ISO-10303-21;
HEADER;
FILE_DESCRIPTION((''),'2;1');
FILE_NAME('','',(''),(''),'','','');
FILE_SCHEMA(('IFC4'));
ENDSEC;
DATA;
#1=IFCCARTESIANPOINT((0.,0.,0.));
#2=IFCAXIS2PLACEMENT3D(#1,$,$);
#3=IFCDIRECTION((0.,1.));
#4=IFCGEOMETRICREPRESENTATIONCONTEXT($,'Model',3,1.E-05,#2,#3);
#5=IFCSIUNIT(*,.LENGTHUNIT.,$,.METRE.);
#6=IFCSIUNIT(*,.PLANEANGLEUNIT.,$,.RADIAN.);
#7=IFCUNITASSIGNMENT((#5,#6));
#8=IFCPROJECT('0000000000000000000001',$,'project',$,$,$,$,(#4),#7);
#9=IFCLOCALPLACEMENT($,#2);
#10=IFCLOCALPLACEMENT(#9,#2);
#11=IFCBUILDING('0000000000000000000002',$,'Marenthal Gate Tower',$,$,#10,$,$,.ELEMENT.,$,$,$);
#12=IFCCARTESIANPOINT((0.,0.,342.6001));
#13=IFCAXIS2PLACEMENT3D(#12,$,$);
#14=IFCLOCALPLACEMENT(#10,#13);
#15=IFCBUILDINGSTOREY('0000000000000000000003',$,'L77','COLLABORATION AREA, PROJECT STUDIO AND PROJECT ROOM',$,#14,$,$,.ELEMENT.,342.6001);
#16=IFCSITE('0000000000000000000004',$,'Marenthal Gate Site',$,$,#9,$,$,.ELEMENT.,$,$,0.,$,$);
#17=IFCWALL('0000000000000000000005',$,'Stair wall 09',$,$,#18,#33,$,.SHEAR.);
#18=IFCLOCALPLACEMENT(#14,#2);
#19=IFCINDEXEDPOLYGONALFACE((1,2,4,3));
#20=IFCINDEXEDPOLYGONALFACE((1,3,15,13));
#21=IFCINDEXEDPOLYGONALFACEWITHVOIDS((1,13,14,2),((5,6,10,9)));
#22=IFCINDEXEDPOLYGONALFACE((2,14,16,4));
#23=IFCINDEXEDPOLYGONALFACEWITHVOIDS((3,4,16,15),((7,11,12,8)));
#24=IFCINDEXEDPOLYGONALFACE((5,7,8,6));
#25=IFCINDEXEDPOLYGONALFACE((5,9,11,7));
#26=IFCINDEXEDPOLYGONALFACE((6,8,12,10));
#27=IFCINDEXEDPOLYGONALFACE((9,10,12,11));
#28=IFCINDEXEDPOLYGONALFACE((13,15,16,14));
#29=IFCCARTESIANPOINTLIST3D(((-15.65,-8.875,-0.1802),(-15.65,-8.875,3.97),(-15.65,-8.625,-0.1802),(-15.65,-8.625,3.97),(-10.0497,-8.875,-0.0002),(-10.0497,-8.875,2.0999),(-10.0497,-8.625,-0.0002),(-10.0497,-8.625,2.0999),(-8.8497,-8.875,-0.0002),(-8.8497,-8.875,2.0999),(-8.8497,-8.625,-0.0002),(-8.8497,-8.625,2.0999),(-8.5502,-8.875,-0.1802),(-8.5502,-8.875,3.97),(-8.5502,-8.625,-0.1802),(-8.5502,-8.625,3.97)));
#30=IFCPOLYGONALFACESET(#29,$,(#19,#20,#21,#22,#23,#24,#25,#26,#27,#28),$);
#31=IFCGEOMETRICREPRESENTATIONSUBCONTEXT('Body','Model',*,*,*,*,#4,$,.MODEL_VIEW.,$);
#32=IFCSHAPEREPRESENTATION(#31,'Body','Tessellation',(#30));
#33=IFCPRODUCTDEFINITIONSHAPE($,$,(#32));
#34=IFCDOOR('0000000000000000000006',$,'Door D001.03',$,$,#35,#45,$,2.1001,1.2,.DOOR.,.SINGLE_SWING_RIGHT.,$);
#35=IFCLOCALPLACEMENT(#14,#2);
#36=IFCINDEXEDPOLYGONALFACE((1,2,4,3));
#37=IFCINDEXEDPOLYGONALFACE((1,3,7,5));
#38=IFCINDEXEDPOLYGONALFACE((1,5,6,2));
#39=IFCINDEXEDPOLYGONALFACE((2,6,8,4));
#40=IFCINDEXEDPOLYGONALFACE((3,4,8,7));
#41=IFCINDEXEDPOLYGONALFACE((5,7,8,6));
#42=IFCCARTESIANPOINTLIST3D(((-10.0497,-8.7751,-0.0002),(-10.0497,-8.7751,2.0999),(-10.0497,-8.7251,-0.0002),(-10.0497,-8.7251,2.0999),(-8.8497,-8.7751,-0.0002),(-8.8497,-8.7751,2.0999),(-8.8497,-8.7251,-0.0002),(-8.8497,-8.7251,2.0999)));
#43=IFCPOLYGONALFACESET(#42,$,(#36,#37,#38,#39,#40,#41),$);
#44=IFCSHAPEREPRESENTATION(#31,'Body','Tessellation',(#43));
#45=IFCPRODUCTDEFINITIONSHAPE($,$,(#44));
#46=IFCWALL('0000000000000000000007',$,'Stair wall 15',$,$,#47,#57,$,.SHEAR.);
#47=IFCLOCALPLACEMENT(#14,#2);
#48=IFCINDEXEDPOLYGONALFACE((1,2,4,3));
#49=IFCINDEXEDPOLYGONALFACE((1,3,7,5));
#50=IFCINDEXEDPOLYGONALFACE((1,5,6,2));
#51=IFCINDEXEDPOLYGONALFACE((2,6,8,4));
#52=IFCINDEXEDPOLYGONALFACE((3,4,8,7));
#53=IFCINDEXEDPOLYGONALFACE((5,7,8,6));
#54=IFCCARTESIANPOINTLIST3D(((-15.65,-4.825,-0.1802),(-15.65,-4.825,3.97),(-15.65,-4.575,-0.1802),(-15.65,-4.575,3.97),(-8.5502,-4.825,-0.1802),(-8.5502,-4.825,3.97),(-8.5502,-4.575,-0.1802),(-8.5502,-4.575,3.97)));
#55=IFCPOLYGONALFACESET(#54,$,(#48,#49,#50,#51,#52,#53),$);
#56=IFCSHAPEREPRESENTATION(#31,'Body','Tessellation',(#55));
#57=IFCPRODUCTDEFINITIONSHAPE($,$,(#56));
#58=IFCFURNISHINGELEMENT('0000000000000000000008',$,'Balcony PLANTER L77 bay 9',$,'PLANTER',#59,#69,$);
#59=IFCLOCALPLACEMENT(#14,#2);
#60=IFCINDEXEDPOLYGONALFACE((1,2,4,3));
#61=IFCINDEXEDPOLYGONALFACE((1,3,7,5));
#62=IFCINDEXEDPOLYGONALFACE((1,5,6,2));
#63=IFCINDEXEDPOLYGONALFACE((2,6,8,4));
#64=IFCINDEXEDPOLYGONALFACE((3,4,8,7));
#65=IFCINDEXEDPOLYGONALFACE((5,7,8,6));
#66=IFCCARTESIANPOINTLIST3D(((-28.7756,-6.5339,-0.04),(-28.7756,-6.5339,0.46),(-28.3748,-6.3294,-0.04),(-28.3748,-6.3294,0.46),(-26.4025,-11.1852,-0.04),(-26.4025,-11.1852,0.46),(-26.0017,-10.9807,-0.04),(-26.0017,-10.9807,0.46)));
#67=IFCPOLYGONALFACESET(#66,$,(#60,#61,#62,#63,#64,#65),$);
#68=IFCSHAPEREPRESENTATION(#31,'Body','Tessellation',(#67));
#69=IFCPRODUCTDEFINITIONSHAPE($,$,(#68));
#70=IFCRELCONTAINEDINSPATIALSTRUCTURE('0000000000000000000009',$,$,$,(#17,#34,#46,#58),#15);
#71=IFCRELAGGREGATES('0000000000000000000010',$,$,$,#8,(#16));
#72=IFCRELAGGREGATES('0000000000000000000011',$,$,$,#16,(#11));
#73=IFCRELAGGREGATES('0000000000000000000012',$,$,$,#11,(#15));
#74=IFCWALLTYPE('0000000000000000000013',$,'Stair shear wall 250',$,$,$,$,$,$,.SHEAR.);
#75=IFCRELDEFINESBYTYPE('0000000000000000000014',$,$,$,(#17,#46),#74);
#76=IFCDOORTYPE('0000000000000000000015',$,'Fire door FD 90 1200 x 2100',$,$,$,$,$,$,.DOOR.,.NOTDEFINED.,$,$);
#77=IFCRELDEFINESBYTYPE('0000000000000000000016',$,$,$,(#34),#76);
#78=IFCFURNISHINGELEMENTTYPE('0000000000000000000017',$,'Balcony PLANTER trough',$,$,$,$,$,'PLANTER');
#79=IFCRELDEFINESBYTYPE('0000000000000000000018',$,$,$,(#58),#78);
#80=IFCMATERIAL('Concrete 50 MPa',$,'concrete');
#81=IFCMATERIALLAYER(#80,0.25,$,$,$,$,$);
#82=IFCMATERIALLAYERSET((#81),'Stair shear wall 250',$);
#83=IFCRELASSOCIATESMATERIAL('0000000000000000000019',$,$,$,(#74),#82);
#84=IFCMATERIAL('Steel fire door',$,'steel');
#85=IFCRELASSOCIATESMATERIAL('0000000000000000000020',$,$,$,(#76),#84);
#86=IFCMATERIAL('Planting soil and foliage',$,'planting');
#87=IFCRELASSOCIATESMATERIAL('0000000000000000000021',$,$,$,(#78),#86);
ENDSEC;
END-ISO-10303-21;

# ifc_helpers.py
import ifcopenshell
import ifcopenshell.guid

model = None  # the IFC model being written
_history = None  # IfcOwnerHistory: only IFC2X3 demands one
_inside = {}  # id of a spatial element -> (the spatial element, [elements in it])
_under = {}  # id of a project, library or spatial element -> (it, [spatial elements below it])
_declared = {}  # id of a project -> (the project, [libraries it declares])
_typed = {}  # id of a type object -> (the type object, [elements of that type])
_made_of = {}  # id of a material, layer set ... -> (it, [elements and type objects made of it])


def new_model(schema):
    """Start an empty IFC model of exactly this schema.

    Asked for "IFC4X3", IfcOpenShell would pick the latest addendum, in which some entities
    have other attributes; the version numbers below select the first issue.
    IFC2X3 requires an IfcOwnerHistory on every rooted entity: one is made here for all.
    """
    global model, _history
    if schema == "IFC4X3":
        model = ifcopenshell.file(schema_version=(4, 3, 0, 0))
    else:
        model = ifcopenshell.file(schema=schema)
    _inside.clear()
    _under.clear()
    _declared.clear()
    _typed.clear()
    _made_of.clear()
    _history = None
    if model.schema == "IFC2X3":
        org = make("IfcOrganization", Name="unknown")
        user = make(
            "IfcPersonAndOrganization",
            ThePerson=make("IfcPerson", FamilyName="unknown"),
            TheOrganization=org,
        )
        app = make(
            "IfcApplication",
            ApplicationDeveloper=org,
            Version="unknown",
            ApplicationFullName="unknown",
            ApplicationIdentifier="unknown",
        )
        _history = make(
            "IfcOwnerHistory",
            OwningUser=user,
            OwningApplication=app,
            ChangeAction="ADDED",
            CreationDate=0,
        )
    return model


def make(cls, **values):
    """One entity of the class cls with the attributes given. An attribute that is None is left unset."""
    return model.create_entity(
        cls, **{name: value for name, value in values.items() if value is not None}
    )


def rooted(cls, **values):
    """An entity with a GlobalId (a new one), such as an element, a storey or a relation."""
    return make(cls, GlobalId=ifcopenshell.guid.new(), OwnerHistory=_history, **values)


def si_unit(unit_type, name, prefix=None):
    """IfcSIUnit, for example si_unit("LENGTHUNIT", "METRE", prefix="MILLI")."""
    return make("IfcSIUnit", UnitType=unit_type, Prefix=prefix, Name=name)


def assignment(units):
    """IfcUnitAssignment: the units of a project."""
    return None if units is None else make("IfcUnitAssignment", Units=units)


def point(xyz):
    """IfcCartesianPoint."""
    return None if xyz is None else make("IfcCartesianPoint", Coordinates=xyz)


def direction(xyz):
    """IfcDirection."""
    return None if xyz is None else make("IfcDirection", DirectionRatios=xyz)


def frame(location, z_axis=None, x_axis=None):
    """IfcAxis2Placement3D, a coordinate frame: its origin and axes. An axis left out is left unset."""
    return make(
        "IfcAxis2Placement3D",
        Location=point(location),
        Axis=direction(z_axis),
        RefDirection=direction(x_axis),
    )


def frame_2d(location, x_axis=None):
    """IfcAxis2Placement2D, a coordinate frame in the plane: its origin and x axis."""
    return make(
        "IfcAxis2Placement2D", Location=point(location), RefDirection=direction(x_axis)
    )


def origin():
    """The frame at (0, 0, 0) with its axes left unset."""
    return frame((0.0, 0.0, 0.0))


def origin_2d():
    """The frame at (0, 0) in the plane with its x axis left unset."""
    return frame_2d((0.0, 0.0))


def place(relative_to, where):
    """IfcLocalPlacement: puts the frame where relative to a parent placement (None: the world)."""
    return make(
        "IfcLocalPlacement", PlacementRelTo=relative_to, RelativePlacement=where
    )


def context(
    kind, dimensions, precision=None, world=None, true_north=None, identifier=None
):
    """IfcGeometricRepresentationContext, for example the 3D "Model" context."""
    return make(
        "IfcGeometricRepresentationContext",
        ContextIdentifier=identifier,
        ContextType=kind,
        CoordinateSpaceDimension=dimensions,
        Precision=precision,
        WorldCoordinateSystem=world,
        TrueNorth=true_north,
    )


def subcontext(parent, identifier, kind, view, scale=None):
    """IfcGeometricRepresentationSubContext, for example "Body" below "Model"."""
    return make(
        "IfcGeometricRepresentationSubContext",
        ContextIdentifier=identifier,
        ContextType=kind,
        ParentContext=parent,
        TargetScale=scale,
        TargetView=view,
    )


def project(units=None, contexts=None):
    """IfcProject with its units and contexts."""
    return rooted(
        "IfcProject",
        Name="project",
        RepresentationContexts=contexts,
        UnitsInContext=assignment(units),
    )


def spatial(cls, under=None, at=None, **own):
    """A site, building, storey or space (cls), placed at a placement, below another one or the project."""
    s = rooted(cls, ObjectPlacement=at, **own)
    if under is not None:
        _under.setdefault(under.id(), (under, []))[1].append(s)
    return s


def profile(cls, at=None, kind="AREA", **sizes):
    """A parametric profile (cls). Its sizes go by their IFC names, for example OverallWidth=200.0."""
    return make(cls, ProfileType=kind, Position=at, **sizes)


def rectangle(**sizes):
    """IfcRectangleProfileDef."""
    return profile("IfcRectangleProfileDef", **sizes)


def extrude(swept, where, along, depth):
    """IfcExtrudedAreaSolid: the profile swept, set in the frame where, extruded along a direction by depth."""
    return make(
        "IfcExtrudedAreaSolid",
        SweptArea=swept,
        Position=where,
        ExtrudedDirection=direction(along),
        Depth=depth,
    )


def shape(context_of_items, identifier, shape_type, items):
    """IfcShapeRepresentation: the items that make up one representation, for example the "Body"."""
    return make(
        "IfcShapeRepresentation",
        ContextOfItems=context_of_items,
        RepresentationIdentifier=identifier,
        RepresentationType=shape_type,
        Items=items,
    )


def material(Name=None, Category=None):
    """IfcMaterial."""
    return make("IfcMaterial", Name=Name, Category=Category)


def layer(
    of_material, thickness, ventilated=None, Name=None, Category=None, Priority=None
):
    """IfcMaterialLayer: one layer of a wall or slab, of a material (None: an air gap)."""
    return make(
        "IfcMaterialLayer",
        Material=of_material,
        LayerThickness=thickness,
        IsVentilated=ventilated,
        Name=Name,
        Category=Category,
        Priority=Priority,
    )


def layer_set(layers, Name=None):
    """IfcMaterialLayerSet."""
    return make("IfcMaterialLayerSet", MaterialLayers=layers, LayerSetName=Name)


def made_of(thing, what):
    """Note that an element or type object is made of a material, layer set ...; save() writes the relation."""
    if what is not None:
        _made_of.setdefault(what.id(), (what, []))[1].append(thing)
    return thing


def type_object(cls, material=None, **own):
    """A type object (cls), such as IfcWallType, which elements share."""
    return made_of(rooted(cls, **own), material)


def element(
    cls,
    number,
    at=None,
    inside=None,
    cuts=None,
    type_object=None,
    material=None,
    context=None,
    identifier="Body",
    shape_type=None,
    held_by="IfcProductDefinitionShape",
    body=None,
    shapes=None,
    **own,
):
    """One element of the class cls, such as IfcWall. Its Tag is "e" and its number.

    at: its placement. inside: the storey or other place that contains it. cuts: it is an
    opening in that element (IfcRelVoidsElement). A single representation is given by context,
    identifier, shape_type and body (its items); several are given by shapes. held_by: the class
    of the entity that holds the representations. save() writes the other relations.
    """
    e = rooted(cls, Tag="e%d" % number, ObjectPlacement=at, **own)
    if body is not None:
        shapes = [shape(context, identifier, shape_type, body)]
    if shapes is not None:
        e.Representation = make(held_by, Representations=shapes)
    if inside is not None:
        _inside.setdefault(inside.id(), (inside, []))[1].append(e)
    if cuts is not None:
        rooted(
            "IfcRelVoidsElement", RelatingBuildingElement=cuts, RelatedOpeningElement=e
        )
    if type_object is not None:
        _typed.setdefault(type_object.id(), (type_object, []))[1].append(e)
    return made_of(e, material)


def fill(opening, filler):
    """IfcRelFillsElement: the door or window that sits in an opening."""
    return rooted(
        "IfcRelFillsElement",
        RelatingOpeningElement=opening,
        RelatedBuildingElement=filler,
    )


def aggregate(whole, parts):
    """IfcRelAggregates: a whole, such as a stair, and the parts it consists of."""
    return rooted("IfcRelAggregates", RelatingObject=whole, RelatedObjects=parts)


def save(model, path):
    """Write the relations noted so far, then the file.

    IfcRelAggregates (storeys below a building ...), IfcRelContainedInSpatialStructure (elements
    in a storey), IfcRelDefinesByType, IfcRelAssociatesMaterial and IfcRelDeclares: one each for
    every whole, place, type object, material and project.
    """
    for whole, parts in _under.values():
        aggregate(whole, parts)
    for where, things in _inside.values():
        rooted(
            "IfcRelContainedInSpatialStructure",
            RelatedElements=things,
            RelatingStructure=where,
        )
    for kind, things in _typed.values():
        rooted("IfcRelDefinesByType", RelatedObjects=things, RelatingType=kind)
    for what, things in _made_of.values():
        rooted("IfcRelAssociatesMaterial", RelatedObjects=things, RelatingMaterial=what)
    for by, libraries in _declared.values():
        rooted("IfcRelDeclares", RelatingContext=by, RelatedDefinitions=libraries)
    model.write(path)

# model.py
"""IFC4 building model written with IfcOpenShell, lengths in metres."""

from ifc_helpers import new_model, si_unit, direction, frame, frame_2d, origin, origin_2d, place, context, subcontext, project, spatial, rectangle, extrude, material, layer, layer_set, type_object, element, fill, save


model = new_model("IFC4")

# Units and contexts
model_context = context("Model", 3, precision=1e-05, world=origin(), true_north=direction((0.0, 1.0)))
body_context = subcontext(model_context, "Body", "Model", "MODEL_VIEW")
ifc_project = project(units=[si_unit("LENGTHUNIT", "METRE"), si_unit("PLANEANGLEUNIT", "RADIAN")], contexts=[model_context])

# Site, building, storey
site_placement = place(None, origin())
site = spatial("IfcSite", under=ifc_project, at=site_placement, Name="Marenthal Gate Site", CompositionType="ELEMENT", RefElevation=0.0)
building_placement = place(site_placement, origin())
building = spatial("IfcBuilding", under=site, at=building_placement, Name="Marenthal Gate Tower", CompositionType="ELEMENT")
storey_placement = place(building_placement, frame((0.0, 0.0, 342.6001)))
storey = spatial("IfcBuildingStorey", under=building, at=storey_placement, Name="L77", Description="COLLABORATION AREA, PROJECT STUDIO AND PROJECT ROOM", CompositionType="ELEMENT", Elevation=342.6001)

# Wall, opening, door
ifc_material_1 = material(Name="Concrete 50 MPa", Category="concrete")
ifc_layer_1 = layer(ifc_material_1, 0.25)
ifc_layer_set_1 = layer_set([ifc_layer_1], Name="Stair shear wall 250")
wall_type_1 = type_object("IfcWallType", Name="Stair shear wall 250", PredefinedType="SHEAR", material=ifc_layer_set_1)
wall_1_placement = place(storey_placement, frame((-15.6499, -8.75, -0.1802), z_axis=(0.0, 0.0, 1.0), x_axis=(1.0, 0.0, 0.0)))
wall_1 = element("IfcWall", 1, at=wall_1_placement, inside=storey, type_object=wall_type_1, Name="Stair wall 09", PredefinedType="SHEAR", context=body_context, shape_type="SweptSolid", body=[
    extrude(rectangle(XDim=7.0999, YDim=0.25, at=frame_2d((3.5498, 0.0))), origin(), (0.0, 0.0, 1.0), 4.1501),
])
opening_1_placement = place(wall_1_placement, frame((5.6001, 0.0, 0.1799)))
opening_1 = element("IfcOpeningElement", 2, at=opening_1_placement, cuts=wall_1, PredefinedType="OPENING", context=body_context, shape_type="SweptSolid", body=[
    extrude(rectangle(XDim=1.2, YDim=2.1001, at=frame_2d((0.6001, 1.05))), frame((0.0, 0.135, 0.0), z_axis=(0.0, -1.0, 0.0), x_axis=(1.0, 0.0, 0.0)), (0.0, 0.0, 1.0), 0.27),
])
ifc_material_2 = material(Name="Steel fire door", Category="steel")
door_type_1 = type_object("IfcDoorType", Name="Fire door FD 90 1200 x 2100", OperationType="NOTDEFINED", PredefinedType="DOOR", material=ifc_material_2)
door_1_placement = place(opening_1_placement, origin())
door_1 = element("IfcDoor", 3, at=door_1_placement, inside=storey, type_object=door_type_1, Name="Door D001.03", OperationType="SINGLE_SWING_RIGHT", OverallHeight=2.1001, OverallWidth=1.2, PredefinedType="DOOR", context=body_context, shape_type="SweptSolid", body=[
    extrude(rectangle(XDim=1.2, YDim=2.1001, at=frame_2d((0.6001, 1.05))), frame((0.0, 0.0249, 0.0), z_axis=(0.0, -1.0, 0.0), x_axis=(1.0, 0.0, 0.0)), (0.0, 0.0, 1.0), 0.05),
])
fill(opening_1, door_1)

# Wall
wall_2_placement = place(storey_placement, frame((-15.6499, -4.7, -0.1802), z_axis=(0.0, 0.0, 1.0), x_axis=(1.0, 0.0, 0.0)))
element("IfcWall", 4, at=wall_2_placement, inside=storey, type_object=wall_type_1, Name="Stair wall 15", PredefinedType="SHEAR", context=body_context, shape_type="SweptSolid", body=[
    extrude(rectangle(XDim=7.0999, YDim=0.25, at=frame_2d((3.5498, 0.0))), origin(), (0.0, 0.0, 1.0), 4.1501),
])

# Furnishing element
ifc_material_3 = material(Name="Planting soil and foliage", Category="planting")
furnishing_element_type = type_object("IfcFurnishingElementType", Name="Balcony PLANTER trough", ElementType="PLANTER", material=ifc_material_3)
furnishing_placement = place(storey_placement, frame((-27.3887, -8.7573, -0.04), z_axis=(0.0, 0.0, 1.0), x_axis=(0.454476, -0.890759, 0.0)))
element("IfcFurnishingElement", 5, at=furnishing_placement, inside=storey, type_object=furnishing_element_type, Name="Balcony PLANTER L77 bay 9", ObjectType="PLANTER", context=body_context, shape_type="SweptSolid", body=[
    extrude(rectangle(XDim=5.2217, YDim=0.45, at=origin_2d()), origin(), (0.0, 0.0, 1.0), 0.5),
])

save(model, "model.ifc")
